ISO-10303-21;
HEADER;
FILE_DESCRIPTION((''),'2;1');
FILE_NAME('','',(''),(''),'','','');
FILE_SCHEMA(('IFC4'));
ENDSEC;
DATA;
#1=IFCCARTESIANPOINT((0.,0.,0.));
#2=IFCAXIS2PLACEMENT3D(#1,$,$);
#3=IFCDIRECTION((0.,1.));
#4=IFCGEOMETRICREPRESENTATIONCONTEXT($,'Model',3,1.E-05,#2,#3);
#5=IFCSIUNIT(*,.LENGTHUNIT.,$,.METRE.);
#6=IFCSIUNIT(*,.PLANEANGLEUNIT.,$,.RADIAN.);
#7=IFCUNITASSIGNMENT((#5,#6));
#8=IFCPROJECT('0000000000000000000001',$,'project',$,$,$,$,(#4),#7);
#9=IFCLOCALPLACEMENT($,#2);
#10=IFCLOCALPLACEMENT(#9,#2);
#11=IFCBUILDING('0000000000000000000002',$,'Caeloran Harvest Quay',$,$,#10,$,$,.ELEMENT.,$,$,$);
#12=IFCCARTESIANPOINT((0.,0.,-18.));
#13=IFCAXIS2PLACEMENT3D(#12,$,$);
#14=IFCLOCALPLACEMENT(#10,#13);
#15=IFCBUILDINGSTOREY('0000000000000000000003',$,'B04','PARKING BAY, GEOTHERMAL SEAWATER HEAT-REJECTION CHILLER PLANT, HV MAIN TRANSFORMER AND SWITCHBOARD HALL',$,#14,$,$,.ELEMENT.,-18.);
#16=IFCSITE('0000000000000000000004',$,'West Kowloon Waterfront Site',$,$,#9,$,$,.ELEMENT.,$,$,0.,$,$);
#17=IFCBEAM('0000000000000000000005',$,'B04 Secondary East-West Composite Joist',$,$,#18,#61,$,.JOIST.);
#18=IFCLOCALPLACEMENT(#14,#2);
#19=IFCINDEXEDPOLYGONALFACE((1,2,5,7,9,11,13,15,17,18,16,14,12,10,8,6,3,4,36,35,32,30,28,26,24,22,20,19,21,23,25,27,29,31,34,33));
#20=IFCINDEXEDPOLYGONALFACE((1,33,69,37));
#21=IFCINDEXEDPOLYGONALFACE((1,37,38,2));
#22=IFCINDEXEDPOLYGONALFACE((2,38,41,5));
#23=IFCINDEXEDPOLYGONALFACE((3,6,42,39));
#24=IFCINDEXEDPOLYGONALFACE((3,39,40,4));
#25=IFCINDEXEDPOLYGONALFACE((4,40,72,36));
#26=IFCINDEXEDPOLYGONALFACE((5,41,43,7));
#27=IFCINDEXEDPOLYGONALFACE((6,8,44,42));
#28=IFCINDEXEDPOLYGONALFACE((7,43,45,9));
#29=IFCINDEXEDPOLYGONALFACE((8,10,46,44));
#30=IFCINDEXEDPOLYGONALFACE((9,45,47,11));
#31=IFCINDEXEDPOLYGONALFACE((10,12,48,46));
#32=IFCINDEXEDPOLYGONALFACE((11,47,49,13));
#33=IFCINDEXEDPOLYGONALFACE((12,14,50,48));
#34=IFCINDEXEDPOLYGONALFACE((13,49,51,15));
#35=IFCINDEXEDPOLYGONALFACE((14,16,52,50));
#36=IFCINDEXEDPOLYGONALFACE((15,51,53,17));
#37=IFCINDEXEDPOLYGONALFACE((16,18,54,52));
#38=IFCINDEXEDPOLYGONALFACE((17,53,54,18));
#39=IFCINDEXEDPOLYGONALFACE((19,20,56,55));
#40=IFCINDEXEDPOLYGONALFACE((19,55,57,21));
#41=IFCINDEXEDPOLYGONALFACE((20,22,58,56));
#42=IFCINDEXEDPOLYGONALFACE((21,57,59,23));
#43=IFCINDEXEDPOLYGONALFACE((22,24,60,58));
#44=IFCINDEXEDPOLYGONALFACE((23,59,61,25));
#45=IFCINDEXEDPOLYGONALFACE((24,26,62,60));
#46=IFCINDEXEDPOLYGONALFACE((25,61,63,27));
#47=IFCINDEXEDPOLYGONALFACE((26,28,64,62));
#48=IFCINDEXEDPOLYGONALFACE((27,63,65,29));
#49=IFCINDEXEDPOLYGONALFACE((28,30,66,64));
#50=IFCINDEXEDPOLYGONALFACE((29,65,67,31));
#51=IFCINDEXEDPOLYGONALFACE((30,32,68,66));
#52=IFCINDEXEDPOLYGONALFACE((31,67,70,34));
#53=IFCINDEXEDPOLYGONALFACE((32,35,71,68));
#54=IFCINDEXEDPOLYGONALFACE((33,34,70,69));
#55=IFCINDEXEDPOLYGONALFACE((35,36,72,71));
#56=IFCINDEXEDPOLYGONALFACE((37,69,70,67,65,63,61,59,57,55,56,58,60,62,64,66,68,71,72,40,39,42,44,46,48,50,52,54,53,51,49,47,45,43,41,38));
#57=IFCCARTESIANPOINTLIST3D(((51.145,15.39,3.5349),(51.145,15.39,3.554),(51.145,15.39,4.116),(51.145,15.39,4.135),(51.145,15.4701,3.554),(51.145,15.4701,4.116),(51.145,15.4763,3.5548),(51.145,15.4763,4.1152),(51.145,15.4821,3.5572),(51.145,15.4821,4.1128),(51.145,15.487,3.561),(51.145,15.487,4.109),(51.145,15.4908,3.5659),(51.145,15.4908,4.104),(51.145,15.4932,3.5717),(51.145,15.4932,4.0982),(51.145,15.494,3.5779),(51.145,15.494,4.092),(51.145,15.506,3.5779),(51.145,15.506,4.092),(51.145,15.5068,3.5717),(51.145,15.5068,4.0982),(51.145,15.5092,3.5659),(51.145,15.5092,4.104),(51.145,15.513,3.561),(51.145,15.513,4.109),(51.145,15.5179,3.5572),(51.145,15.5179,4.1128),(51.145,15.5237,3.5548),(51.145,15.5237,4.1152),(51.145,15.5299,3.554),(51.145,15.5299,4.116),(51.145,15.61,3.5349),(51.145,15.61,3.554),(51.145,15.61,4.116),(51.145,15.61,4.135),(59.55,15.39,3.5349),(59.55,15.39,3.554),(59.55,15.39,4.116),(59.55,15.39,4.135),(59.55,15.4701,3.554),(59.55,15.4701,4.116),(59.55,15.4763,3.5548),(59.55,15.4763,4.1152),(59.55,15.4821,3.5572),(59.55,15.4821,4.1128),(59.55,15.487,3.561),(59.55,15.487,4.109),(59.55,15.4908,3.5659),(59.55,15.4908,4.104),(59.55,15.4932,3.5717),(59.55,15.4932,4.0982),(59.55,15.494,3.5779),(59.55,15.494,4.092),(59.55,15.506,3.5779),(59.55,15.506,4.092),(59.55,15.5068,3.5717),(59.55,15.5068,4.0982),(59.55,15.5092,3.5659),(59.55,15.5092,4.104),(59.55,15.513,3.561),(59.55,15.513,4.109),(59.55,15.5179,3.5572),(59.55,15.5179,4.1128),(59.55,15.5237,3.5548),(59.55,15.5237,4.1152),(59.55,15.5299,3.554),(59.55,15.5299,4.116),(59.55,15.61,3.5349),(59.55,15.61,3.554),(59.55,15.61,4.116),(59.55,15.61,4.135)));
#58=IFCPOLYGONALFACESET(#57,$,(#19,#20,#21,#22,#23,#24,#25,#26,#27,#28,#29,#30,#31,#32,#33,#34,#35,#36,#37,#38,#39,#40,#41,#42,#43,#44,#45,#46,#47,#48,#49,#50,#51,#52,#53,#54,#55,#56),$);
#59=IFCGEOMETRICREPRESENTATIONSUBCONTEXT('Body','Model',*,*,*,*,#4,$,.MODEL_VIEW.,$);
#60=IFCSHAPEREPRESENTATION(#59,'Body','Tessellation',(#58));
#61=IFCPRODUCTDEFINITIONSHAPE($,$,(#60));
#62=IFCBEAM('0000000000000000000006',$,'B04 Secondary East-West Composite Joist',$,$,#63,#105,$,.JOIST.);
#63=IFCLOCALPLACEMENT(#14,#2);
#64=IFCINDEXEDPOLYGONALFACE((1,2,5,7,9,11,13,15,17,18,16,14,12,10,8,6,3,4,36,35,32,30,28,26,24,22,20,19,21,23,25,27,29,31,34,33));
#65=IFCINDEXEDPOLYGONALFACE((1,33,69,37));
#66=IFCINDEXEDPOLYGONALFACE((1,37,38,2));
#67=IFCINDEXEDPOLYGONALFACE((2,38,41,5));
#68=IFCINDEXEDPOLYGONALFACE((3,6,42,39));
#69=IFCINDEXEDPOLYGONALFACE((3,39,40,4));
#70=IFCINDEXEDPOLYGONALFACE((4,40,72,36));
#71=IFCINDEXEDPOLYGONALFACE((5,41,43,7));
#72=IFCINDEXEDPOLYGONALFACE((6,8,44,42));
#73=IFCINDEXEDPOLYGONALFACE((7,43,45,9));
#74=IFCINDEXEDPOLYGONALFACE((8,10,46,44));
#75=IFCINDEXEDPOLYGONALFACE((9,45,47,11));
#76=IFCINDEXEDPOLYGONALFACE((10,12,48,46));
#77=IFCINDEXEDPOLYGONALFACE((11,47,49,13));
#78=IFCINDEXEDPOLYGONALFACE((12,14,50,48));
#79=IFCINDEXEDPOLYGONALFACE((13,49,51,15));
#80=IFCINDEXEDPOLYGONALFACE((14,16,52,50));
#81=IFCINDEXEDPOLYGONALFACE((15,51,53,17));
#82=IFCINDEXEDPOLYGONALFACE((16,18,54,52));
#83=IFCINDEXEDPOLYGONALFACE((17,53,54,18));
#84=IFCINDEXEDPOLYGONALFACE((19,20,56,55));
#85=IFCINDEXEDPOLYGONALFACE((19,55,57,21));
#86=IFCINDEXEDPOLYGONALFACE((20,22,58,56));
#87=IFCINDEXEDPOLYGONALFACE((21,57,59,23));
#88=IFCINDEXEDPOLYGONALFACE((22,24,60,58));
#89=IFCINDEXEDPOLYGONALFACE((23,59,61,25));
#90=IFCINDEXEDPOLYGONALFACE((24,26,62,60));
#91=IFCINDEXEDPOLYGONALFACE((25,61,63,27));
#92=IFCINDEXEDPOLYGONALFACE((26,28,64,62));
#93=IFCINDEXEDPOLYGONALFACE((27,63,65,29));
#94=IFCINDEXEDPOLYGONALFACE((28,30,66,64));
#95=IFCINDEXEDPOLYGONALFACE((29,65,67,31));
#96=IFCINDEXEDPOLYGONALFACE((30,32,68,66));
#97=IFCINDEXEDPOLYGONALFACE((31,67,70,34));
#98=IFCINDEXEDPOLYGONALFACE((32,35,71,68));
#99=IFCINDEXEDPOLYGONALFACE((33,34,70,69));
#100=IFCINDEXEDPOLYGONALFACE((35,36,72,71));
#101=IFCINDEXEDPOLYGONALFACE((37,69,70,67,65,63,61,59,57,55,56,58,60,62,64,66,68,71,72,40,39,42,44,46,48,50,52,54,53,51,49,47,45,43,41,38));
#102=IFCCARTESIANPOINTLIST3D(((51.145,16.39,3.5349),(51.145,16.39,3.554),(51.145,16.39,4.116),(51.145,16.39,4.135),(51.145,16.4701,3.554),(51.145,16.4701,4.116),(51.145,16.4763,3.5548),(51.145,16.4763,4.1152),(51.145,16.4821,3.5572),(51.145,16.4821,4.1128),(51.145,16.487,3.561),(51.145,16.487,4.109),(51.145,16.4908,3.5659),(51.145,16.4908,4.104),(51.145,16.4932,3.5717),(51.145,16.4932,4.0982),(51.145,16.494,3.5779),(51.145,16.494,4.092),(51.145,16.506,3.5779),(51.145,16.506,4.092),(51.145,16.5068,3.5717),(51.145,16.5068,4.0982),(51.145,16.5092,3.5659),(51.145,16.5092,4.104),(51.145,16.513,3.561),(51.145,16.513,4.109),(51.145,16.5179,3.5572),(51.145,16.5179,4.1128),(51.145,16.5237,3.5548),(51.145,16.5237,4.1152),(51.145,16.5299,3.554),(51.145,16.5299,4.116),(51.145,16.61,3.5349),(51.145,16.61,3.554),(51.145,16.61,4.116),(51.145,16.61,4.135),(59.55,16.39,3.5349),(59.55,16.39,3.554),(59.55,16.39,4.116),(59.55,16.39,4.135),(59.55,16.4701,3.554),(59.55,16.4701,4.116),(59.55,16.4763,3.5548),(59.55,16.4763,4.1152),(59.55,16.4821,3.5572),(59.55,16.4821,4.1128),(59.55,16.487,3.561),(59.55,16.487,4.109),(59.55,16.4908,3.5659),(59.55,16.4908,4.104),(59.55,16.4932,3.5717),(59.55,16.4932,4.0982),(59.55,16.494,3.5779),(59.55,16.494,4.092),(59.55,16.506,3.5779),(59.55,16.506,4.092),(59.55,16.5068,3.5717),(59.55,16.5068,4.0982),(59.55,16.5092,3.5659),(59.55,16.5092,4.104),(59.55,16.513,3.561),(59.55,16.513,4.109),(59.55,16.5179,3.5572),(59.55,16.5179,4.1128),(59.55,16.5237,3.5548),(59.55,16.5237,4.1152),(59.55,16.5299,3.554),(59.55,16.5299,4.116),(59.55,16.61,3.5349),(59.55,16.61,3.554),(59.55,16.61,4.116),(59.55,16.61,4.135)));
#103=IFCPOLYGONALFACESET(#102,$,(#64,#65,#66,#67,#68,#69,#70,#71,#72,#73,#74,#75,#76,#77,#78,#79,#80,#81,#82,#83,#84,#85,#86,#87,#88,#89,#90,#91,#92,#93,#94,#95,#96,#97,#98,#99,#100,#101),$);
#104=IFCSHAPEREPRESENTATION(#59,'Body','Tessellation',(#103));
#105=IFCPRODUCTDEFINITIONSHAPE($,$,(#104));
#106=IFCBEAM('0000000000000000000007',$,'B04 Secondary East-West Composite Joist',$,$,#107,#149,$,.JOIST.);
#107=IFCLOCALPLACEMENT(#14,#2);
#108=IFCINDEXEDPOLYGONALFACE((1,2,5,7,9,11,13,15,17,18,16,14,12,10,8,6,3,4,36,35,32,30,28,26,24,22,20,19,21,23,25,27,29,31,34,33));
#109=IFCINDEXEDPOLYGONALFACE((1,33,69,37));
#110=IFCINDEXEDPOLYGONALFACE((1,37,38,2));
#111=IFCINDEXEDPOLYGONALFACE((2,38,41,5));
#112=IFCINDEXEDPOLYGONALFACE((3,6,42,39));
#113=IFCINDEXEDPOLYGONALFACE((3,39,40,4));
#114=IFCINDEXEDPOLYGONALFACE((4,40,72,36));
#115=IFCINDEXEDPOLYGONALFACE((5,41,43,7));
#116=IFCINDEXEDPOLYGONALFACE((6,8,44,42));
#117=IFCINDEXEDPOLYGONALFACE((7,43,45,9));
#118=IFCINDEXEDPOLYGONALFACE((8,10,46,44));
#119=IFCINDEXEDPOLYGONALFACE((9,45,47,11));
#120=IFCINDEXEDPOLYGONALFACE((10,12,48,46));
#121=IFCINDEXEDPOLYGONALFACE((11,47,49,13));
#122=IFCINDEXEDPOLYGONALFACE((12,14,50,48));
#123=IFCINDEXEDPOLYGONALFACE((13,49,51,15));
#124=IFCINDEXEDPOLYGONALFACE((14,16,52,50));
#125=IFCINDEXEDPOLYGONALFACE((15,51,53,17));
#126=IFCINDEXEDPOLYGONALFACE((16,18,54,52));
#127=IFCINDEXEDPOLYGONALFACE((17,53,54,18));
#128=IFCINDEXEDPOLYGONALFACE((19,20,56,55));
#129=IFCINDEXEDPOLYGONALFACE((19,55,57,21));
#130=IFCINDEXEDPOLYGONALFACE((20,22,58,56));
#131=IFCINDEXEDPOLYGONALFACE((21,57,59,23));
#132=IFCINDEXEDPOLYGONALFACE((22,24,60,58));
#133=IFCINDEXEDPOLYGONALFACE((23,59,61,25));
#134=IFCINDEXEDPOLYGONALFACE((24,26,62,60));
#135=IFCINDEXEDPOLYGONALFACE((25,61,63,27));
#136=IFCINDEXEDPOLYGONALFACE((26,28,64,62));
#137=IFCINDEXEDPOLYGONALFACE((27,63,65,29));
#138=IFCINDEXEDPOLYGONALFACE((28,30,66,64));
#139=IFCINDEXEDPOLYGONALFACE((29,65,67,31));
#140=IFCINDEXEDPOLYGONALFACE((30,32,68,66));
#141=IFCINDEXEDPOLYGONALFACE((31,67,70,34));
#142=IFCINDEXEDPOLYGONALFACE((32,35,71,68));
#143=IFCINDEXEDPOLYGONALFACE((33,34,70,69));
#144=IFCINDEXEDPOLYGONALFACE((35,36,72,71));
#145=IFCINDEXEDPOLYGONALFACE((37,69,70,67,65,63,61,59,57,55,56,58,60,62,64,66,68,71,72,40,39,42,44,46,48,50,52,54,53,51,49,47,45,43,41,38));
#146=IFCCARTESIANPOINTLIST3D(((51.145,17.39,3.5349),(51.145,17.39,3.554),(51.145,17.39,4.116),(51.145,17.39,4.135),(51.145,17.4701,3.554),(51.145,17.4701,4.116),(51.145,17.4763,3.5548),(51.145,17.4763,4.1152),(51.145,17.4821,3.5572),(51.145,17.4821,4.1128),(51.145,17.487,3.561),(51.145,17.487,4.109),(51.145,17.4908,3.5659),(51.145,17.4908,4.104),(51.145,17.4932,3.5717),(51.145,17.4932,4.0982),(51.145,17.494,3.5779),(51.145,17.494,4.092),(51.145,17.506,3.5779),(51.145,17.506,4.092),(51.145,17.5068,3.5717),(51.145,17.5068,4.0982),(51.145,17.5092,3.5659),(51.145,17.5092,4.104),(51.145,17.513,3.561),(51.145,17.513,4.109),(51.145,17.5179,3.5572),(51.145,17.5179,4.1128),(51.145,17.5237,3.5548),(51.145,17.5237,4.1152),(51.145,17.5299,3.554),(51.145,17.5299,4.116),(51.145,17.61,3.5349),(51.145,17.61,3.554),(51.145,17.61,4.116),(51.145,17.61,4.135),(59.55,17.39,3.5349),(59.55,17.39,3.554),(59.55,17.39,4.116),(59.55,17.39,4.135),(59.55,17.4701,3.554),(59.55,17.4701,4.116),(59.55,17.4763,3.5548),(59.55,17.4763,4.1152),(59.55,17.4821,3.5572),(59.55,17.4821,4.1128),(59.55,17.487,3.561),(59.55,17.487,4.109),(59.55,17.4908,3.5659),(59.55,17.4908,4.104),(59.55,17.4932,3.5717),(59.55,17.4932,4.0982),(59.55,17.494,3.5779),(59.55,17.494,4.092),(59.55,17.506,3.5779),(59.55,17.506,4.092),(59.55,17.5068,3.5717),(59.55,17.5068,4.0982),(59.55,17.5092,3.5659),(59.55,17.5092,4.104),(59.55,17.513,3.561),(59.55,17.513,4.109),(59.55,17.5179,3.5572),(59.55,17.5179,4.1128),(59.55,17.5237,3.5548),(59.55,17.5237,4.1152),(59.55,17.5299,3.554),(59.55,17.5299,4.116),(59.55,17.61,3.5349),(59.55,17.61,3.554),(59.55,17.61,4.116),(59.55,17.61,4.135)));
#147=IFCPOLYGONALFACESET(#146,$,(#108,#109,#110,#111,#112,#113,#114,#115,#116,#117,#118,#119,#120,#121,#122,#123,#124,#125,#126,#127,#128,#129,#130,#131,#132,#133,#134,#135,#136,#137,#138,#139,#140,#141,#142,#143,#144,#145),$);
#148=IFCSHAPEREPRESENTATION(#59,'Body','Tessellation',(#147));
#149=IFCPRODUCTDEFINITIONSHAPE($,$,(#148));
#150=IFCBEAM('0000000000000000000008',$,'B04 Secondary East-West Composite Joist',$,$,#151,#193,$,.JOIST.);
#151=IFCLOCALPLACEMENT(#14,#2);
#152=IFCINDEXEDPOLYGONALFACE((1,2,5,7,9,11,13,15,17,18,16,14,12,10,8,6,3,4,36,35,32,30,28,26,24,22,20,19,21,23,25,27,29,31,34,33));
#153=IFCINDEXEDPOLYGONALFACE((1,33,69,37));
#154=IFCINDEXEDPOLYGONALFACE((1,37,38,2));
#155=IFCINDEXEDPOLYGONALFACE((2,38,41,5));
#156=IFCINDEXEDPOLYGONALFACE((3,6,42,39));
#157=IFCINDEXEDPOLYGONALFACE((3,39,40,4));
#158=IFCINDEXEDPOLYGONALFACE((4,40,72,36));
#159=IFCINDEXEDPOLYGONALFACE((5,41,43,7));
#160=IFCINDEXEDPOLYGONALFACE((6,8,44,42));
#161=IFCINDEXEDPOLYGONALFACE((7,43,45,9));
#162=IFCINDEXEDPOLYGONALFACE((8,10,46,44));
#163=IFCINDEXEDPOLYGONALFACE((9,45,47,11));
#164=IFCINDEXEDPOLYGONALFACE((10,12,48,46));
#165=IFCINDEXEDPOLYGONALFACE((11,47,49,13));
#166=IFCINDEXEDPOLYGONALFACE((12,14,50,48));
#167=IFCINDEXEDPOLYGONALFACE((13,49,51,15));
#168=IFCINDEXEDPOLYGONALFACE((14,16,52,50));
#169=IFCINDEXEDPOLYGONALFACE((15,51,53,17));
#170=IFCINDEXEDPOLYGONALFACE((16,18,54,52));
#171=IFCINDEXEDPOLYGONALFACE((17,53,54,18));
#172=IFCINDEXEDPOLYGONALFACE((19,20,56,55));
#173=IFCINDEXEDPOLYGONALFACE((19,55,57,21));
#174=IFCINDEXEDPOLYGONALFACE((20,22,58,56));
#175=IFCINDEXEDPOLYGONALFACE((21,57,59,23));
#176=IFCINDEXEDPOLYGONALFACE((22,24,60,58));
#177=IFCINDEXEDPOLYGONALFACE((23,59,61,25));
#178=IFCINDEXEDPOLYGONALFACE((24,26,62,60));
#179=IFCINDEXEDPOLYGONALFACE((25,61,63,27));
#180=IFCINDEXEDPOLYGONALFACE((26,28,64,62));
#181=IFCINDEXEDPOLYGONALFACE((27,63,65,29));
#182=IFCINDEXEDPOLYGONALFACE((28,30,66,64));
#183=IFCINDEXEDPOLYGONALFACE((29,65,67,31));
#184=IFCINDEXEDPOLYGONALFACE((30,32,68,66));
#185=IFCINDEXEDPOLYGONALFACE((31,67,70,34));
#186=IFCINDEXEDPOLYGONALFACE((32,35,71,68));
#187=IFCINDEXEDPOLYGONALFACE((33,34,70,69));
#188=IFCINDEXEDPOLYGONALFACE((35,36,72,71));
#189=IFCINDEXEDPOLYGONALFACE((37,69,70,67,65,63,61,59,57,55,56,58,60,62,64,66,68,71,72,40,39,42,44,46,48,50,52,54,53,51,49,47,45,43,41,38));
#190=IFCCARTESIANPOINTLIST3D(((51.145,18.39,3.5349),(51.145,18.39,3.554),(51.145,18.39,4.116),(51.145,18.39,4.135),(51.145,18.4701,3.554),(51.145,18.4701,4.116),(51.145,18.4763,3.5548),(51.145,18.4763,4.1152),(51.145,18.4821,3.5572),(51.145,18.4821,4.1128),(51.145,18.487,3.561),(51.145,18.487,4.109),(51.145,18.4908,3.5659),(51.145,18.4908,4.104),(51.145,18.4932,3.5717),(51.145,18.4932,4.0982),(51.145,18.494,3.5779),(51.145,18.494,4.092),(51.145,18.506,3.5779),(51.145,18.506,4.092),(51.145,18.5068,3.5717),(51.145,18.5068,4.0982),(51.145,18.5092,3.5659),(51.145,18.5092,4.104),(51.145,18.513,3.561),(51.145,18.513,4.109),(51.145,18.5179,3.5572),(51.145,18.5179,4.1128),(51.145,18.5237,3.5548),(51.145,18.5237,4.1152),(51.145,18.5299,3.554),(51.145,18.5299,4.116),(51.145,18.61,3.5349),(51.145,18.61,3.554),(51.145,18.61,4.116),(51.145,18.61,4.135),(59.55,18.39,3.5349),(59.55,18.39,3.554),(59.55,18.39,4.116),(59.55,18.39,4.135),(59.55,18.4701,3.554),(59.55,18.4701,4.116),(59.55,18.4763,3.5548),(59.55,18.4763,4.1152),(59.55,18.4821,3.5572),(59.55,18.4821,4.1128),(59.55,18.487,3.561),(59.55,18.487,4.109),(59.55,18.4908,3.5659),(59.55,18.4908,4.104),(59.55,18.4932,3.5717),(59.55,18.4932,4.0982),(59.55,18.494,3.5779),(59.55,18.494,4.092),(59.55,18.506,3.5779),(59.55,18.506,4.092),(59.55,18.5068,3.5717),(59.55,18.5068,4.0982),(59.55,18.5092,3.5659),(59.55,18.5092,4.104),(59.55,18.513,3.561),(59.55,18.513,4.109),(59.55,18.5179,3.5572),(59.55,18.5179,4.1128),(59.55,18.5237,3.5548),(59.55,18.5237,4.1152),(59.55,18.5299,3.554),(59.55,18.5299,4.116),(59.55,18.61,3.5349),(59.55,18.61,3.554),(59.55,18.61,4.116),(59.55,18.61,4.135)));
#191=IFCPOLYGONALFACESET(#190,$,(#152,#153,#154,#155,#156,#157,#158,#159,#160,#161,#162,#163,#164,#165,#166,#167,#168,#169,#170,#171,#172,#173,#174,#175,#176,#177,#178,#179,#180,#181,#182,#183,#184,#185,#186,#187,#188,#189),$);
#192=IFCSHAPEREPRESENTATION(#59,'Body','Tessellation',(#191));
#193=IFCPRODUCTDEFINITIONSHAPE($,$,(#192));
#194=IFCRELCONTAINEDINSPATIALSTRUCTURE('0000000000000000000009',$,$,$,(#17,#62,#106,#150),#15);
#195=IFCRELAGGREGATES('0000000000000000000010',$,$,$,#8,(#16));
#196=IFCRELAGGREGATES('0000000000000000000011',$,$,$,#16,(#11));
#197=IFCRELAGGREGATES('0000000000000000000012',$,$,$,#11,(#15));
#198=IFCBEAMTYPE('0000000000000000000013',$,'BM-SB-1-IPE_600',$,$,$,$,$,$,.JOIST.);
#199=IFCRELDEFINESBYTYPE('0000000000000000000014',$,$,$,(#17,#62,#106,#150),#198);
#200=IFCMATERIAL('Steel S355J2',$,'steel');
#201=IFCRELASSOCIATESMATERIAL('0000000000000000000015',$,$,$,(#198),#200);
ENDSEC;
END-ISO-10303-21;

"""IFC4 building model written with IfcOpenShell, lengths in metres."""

from ifc_helpers import new_model, si_unit, direction, frame, origin, origin_2d, place, context, subcontext, project, spatial, i_section, extrude, material, material_profile, profile_set, type_object, element, save


model = new_model("IFC4")

# Units and contexts
model_context = context("Model", 3, precision=1e-05, world=origin(), true_north=direction((0.0, 1.0)))
body_context = subcontext(model_context, "Body", "Model", "MODEL_VIEW")
ifc_project = project(units=[si_unit("LENGTHUNIT", "METRE"), si_unit("PLANEANGLEUNIT", "RADIAN")], contexts=[model_context])

# Site, building, storey
site_placement = place(None, origin())
site = spatial("IfcSite", under=ifc_project, at=site_placement, Name="West Kowloon Waterfront Site", CompositionType="ELEMENT", RefElevation=0.0)
building_placement = place(site_placement, origin())
building = spatial("IfcBuilding", under=site, at=building_placement, Name="Caeloran Harvest Quay", CompositionType="ELEMENT")
storey_placement = place(building_placement, frame((0.0, 0.0, -18.0)))
storey = spatial("IfcBuildingStorey", under=building, at=storey_placement, Name="B04", Description="PARKING BAY, GEOTHERMAL SEAWATER HEAT-REJECTION CHILLER PLANT, HV MAIN TRANSFORMER AND SWITCHBOARD HALL", CompositionType="ELEMENT", Elevation=-18.0)

# Beams
ifc_material_1 = material(Name="Steel S355J2", Category="steel")
ifc_material_profile_1 = material_profile(ifc_material_1, i_section(OverallWidth=0.22, OverallDepth=0.6001, WebThickness=0.012, FlangeThickness=0.019, FilletRadius=0.0239, at=origin_2d()), Name="IPE 600")
ifc_profile_set_1 = profile_set([ifc_material_profile_1], Name="Steel S355J2")
beam_type_1 = type_object("IfcBeamType", Name="BM-SB-1-IPE_600", PredefinedType="JOIST", material=ifc_profile_set_1)
for number, where, z_axis, x_axis, name in (
    (1, (51.145, 15.5, 3.835), (1.0, 0.0, 0.0), (0.0, 1.0, 0.0), "B04 Secondary East-West Composite Joist"),
    (2, (51.145, 16.5, 3.835), (1.0, 0.0, 0.0), (0.0, 1.0, 0.0), "B04 Secondary East-West Composite Joist"),
    (3, (51.145, 17.5, 3.835), (1.0, 0.0, 0.0), (0.0, 1.0, 0.0), "B04 Secondary East-West Composite Joist"),
    (4, (51.145, 18.5, 3.835), (1.0, 0.0, 0.0), (0.0, 1.0, 0.0), "B04 Secondary East-West Composite Joist"),
):
    element("IfcBeam", number, at=place(storey_placement, frame(where, z_axis=z_axis, x_axis=x_axis)), inside=storey, type_object=beam_type_1, Name=name, PredefinedType="JOIST", context=body_context, shape_type="SweptSolid", body=[
        extrude(i_section(OverallWidth=0.22, OverallDepth=0.6001, WebThickness=0.012, FlangeThickness=0.019, FilletRadius=0.0239, at=origin_2d()), origin(), (0.0, 0.0, 1.0), 8.405),
    ])

save(model, "model.ifc")
